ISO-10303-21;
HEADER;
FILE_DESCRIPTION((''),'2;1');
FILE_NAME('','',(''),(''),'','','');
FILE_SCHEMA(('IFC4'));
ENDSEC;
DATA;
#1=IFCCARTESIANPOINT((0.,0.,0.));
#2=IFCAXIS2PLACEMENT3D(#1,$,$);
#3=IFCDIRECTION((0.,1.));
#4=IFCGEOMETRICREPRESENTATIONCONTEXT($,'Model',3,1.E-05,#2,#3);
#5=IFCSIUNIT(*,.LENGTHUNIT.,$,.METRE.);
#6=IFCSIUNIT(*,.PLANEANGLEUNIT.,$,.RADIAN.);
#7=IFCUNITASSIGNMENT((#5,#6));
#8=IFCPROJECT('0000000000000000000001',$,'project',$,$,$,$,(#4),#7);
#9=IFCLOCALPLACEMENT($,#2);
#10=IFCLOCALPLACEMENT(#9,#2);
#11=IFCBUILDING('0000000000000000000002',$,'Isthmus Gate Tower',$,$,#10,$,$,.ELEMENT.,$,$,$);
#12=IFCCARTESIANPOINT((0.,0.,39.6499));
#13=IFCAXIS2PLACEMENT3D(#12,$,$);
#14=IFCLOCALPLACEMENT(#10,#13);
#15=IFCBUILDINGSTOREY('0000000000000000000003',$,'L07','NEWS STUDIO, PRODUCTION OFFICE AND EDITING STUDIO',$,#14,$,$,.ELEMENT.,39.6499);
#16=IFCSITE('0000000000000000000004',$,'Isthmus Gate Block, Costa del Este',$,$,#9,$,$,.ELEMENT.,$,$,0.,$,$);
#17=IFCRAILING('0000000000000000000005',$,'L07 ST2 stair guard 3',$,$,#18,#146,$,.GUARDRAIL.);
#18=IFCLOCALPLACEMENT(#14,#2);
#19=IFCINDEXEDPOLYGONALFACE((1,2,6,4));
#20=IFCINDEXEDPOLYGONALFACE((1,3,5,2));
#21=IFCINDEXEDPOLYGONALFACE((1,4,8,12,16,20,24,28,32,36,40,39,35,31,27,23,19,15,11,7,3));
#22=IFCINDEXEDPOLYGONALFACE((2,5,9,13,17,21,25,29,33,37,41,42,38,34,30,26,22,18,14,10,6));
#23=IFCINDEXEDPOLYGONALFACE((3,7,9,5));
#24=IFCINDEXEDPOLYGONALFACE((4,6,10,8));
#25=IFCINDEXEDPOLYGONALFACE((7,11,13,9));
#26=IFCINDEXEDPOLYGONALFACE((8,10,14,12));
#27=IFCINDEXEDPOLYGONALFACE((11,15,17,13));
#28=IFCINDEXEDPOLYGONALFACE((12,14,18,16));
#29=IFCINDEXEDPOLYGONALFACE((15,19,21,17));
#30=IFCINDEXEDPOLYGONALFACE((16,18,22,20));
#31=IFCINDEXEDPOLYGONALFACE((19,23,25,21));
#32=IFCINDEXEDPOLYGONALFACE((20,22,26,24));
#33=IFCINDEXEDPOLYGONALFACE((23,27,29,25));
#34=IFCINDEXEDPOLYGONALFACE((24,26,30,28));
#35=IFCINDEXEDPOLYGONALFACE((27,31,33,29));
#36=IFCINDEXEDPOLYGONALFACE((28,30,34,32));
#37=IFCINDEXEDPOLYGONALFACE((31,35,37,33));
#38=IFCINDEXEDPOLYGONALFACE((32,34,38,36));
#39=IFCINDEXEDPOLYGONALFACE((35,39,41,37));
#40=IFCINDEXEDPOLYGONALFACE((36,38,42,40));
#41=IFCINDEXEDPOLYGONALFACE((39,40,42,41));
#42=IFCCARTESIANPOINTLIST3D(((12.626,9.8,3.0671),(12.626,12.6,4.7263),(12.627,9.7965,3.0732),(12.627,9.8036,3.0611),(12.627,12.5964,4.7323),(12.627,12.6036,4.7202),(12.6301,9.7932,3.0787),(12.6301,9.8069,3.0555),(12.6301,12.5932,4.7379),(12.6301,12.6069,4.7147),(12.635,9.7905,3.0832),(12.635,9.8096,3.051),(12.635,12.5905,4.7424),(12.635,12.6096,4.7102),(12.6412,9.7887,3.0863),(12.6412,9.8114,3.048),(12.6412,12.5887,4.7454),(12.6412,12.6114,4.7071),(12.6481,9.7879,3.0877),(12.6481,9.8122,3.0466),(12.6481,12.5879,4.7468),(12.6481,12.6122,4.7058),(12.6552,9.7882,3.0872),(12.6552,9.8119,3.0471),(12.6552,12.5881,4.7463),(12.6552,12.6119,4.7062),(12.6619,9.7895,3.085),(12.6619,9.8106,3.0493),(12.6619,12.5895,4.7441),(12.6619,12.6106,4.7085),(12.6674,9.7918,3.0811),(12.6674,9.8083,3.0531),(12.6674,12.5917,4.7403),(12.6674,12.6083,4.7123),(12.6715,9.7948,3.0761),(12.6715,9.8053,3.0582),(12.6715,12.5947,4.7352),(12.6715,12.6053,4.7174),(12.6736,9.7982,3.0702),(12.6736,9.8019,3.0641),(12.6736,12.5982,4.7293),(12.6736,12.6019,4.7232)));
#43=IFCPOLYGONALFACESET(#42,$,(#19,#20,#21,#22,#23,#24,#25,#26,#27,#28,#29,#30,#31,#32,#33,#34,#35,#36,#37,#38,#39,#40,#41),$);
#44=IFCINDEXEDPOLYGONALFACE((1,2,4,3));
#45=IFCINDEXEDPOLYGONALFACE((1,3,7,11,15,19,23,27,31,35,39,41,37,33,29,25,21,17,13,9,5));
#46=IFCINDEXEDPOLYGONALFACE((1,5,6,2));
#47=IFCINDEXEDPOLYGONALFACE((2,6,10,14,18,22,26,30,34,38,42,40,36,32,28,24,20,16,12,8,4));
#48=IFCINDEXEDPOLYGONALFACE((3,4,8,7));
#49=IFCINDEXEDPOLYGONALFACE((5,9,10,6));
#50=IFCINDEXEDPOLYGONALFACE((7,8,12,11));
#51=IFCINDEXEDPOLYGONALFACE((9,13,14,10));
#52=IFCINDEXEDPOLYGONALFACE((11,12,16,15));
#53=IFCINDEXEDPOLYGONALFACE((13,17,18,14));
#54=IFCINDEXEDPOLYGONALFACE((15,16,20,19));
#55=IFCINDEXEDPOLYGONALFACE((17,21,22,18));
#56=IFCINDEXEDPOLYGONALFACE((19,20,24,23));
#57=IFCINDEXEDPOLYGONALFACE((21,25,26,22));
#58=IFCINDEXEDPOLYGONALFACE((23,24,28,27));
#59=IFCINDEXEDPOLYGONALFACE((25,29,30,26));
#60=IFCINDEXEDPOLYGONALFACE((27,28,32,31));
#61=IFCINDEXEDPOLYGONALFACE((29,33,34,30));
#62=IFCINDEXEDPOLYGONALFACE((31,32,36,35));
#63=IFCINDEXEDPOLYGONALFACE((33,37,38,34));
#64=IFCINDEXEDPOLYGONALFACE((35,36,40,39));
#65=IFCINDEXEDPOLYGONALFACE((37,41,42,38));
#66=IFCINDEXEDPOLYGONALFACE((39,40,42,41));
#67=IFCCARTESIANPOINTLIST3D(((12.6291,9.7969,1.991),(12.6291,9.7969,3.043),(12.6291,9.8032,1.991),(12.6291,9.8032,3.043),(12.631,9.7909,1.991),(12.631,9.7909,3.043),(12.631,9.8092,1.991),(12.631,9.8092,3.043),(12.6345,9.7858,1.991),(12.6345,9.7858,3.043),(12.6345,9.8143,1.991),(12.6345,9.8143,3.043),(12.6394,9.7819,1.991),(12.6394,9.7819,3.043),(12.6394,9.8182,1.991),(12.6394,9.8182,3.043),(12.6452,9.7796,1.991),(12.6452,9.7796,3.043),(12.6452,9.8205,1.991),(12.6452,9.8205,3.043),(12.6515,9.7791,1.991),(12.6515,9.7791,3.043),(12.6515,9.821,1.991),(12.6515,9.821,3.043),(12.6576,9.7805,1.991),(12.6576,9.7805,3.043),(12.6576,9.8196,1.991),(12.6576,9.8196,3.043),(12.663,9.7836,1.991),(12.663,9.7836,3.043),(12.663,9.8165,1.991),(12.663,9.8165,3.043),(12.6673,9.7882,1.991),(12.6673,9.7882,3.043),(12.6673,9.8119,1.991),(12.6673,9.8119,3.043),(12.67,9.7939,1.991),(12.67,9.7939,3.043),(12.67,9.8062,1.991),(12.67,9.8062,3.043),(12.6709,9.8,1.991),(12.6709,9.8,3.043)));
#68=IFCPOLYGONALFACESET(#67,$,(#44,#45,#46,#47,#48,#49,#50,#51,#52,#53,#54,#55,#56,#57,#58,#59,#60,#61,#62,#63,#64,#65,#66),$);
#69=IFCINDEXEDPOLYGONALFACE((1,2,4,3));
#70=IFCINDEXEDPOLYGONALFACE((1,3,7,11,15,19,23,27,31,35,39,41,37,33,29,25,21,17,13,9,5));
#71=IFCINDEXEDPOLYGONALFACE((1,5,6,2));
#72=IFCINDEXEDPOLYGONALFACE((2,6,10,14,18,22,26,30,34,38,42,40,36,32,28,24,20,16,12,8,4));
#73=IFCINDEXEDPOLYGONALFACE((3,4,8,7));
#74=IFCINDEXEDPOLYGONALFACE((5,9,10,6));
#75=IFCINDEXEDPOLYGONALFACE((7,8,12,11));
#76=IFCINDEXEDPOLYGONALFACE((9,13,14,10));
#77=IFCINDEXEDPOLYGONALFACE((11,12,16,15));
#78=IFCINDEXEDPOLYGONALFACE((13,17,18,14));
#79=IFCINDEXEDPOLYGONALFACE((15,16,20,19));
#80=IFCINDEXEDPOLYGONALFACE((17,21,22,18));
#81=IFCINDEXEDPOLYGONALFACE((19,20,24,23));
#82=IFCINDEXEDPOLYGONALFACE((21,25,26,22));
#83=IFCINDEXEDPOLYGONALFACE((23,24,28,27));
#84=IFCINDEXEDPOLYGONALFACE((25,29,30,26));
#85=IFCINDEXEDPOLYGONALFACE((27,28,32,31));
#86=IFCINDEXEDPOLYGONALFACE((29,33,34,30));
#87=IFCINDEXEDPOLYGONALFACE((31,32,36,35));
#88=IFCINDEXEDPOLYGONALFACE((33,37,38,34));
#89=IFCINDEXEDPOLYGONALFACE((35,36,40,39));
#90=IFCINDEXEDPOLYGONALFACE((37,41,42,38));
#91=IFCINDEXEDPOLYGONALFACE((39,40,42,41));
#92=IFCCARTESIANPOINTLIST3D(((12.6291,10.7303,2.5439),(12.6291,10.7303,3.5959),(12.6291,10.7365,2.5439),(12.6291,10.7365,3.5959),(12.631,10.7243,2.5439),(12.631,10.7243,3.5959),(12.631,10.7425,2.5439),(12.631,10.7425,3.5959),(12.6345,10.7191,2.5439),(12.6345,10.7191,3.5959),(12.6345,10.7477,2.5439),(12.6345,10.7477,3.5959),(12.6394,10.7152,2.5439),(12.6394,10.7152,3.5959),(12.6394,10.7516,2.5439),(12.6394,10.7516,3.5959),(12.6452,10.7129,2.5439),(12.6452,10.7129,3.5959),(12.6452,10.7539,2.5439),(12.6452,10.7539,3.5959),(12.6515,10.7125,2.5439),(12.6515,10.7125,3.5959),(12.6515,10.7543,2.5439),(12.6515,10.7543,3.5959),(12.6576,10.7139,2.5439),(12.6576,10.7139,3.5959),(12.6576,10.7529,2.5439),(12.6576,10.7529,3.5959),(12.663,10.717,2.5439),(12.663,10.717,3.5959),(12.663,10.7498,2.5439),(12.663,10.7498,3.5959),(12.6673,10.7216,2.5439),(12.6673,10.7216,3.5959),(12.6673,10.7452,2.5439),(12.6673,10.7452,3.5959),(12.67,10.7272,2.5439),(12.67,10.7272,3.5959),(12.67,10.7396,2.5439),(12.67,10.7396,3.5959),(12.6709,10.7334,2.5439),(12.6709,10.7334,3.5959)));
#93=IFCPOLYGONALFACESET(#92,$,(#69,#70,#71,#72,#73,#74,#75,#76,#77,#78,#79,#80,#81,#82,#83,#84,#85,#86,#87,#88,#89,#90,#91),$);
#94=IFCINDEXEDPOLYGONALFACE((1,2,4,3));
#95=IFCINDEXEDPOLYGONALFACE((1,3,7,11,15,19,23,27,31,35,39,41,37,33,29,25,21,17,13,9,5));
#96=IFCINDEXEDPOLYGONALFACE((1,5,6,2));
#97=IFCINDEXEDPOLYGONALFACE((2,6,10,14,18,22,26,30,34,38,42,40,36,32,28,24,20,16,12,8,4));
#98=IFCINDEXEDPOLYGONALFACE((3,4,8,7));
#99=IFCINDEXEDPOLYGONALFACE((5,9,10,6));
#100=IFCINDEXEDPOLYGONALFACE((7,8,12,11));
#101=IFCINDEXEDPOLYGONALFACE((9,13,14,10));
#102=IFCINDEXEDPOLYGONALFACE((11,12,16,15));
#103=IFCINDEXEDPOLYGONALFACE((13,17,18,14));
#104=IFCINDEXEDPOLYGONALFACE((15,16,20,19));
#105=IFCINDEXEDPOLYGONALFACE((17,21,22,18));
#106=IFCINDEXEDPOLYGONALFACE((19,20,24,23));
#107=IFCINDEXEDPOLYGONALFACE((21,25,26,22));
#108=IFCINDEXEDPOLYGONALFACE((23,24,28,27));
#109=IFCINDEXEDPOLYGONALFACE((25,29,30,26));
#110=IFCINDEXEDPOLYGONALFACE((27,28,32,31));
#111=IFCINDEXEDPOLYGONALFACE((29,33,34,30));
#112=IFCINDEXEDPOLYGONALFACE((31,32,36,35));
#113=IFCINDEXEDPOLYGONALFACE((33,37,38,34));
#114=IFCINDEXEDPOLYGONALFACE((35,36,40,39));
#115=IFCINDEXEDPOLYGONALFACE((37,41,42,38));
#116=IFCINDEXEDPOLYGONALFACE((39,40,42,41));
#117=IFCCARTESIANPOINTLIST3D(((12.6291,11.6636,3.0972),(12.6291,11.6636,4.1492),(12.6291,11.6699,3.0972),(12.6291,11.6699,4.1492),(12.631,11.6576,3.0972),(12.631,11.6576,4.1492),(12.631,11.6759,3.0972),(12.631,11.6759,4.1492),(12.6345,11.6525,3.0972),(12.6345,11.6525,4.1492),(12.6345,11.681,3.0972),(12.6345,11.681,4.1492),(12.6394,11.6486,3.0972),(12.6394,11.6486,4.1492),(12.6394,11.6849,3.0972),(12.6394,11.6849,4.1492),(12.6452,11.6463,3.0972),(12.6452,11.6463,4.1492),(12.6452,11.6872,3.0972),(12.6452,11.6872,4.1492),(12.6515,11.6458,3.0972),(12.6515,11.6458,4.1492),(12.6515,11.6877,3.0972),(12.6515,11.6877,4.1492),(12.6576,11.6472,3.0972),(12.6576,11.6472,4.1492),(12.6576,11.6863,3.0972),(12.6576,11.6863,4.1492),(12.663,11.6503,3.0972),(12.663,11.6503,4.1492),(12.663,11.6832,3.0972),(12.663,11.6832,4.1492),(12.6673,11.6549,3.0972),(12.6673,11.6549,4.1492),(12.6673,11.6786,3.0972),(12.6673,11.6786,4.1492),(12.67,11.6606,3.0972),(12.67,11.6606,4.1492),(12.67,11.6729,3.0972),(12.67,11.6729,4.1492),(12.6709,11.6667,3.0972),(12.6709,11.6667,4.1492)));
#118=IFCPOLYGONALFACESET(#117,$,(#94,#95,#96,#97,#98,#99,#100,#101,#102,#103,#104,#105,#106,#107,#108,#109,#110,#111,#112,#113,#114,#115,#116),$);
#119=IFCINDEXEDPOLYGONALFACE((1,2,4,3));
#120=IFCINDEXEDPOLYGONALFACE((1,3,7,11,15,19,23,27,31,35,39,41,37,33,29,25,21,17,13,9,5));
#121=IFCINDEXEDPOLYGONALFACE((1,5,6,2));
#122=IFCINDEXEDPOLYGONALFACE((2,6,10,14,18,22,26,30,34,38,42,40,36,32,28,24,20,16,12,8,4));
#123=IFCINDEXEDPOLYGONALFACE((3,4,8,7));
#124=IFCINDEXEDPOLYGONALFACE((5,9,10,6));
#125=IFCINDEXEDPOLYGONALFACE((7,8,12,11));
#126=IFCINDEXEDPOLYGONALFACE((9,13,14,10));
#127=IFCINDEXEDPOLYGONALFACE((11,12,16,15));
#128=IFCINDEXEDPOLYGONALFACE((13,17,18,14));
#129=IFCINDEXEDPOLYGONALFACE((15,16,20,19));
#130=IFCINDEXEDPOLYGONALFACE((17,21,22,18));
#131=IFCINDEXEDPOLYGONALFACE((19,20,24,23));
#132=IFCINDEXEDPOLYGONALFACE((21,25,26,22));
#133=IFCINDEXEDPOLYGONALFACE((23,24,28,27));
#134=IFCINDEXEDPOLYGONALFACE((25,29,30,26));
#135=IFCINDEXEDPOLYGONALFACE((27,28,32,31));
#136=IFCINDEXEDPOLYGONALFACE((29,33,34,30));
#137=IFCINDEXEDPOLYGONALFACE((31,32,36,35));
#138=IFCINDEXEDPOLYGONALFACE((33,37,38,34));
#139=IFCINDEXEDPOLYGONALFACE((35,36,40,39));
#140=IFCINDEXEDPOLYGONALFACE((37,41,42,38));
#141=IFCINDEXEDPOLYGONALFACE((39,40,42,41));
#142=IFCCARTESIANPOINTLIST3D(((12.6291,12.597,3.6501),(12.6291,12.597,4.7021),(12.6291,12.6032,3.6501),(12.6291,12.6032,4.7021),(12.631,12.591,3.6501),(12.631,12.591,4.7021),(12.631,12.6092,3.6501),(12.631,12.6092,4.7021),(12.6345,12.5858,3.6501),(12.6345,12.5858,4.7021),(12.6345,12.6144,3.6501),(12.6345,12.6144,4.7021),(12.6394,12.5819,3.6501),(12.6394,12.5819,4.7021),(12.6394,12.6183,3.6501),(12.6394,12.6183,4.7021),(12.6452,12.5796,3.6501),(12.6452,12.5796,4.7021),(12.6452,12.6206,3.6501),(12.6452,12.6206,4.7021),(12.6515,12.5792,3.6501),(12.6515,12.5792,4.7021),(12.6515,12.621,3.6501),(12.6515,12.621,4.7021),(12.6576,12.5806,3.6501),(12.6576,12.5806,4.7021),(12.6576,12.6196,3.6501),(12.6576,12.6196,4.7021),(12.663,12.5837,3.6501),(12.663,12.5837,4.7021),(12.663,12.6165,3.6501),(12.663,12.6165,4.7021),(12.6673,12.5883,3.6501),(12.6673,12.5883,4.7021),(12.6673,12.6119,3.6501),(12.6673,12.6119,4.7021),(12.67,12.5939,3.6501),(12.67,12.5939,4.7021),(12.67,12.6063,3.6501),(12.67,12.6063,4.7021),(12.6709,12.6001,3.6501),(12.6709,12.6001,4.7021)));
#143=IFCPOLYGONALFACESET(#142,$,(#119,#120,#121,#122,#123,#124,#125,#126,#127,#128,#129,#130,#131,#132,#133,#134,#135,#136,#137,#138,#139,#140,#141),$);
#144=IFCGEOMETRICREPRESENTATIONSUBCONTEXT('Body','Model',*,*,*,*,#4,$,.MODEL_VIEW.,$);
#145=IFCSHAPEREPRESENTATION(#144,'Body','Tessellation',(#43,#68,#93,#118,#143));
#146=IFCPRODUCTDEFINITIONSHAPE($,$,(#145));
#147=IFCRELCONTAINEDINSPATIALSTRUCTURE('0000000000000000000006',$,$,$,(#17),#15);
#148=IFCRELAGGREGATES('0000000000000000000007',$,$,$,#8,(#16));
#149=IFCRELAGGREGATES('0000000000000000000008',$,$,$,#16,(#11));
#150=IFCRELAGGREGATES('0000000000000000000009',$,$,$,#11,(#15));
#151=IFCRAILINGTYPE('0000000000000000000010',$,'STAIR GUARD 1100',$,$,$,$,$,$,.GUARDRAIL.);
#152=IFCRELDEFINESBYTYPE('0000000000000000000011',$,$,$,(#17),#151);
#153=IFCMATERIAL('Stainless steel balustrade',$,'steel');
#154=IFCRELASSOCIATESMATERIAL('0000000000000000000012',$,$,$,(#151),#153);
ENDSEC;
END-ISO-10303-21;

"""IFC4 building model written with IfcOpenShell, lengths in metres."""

from ifc_helpers import new_model, si_unit, direction, frame, origin, origin_2d, place, context, subcontext, project, spatial, circle, extrude, material, type_object, element, save


model = new_model("IFC4")

# Units and contexts
model_context = context("Model", 3, precision=1e-05, world=origin(), true_north=direction((0.0, 1.0)))
body_context = subcontext(model_context, "Body", "Model", "MODEL_VIEW")
ifc_project = project(units=[si_unit("LENGTHUNIT", "METRE"), si_unit("PLANEANGLEUNIT", "RADIAN")], contexts=[model_context])

# Site, building, storey
site_placement = place(None, origin())
site = spatial("IfcSite", under=ifc_project, at=site_placement, Name="Isthmus Gate Block, Costa del Este", CompositionType="ELEMENT", RefElevation=0.0)
building_placement = place(site_placement, origin())
building = spatial("IfcBuilding", under=site, at=building_placement, Name="Isthmus Gate Tower", CompositionType="ELEMENT")
storey_placement = place(building_placement, frame((0.0, 0.0, 39.6499)))
storey = spatial("IfcBuildingStorey", under=building, at=storey_placement, Name="L07", Description="NEWS STUDIO, PRODUCTION OFFICE AND EDITING STUDIO", CompositionType="ELEMENT", Elevation=39.6499)

# Railing
ifc_material_1 = material(Name="Stainless steel balustrade", Category="steel")
railing_type_1 = type_object("IfcRailingType", Name="STAIR GUARD 1100", PredefinedType="GUARDRAIL", material=ifc_material_1)
railing_1_placement = place(storey_placement, frame((12.6499, 9.8, 1.991)))
element("IfcRailing", 1, at=railing_1_placement, inside=storey, type_object=railing_type_1, Name="L07 ST2 stair guard 3", PredefinedType="GUARDRAIL", context=body_context, shape_type="SweptSolid", body=[
    extrude(circle(Radius=0.0239, at=origin_2d()), frame((0.0, 0.0, 1.0762), z_axis=(0.0, 0.860306, 0.509778), x_axis=(-1.0, 0.0, 0.0)), (0.0, 0.0, 1.0), 3.2546),
    extrude(circle(Radius=0.021, at=origin_2d()), origin(), (0.0, 0.0, 1.0), 1.052),
    extrude(circle(Radius=0.021, at=origin_2d()), frame((0.0, 0.9333, 0.553)), (0.0, 0.0, 1.0), 1.052),
    extrude(circle(Radius=0.021, at=origin_2d()), frame((0.0, 1.8667, 1.1062)), (0.0, 0.0, 1.0), 1.052),
    extrude(circle(Radius=0.021, at=origin_2d()), frame((0.0, 2.8, 1.6592)), (0.0, 0.0, 1.0), 1.052),
])

save(model, "model.ifc")
